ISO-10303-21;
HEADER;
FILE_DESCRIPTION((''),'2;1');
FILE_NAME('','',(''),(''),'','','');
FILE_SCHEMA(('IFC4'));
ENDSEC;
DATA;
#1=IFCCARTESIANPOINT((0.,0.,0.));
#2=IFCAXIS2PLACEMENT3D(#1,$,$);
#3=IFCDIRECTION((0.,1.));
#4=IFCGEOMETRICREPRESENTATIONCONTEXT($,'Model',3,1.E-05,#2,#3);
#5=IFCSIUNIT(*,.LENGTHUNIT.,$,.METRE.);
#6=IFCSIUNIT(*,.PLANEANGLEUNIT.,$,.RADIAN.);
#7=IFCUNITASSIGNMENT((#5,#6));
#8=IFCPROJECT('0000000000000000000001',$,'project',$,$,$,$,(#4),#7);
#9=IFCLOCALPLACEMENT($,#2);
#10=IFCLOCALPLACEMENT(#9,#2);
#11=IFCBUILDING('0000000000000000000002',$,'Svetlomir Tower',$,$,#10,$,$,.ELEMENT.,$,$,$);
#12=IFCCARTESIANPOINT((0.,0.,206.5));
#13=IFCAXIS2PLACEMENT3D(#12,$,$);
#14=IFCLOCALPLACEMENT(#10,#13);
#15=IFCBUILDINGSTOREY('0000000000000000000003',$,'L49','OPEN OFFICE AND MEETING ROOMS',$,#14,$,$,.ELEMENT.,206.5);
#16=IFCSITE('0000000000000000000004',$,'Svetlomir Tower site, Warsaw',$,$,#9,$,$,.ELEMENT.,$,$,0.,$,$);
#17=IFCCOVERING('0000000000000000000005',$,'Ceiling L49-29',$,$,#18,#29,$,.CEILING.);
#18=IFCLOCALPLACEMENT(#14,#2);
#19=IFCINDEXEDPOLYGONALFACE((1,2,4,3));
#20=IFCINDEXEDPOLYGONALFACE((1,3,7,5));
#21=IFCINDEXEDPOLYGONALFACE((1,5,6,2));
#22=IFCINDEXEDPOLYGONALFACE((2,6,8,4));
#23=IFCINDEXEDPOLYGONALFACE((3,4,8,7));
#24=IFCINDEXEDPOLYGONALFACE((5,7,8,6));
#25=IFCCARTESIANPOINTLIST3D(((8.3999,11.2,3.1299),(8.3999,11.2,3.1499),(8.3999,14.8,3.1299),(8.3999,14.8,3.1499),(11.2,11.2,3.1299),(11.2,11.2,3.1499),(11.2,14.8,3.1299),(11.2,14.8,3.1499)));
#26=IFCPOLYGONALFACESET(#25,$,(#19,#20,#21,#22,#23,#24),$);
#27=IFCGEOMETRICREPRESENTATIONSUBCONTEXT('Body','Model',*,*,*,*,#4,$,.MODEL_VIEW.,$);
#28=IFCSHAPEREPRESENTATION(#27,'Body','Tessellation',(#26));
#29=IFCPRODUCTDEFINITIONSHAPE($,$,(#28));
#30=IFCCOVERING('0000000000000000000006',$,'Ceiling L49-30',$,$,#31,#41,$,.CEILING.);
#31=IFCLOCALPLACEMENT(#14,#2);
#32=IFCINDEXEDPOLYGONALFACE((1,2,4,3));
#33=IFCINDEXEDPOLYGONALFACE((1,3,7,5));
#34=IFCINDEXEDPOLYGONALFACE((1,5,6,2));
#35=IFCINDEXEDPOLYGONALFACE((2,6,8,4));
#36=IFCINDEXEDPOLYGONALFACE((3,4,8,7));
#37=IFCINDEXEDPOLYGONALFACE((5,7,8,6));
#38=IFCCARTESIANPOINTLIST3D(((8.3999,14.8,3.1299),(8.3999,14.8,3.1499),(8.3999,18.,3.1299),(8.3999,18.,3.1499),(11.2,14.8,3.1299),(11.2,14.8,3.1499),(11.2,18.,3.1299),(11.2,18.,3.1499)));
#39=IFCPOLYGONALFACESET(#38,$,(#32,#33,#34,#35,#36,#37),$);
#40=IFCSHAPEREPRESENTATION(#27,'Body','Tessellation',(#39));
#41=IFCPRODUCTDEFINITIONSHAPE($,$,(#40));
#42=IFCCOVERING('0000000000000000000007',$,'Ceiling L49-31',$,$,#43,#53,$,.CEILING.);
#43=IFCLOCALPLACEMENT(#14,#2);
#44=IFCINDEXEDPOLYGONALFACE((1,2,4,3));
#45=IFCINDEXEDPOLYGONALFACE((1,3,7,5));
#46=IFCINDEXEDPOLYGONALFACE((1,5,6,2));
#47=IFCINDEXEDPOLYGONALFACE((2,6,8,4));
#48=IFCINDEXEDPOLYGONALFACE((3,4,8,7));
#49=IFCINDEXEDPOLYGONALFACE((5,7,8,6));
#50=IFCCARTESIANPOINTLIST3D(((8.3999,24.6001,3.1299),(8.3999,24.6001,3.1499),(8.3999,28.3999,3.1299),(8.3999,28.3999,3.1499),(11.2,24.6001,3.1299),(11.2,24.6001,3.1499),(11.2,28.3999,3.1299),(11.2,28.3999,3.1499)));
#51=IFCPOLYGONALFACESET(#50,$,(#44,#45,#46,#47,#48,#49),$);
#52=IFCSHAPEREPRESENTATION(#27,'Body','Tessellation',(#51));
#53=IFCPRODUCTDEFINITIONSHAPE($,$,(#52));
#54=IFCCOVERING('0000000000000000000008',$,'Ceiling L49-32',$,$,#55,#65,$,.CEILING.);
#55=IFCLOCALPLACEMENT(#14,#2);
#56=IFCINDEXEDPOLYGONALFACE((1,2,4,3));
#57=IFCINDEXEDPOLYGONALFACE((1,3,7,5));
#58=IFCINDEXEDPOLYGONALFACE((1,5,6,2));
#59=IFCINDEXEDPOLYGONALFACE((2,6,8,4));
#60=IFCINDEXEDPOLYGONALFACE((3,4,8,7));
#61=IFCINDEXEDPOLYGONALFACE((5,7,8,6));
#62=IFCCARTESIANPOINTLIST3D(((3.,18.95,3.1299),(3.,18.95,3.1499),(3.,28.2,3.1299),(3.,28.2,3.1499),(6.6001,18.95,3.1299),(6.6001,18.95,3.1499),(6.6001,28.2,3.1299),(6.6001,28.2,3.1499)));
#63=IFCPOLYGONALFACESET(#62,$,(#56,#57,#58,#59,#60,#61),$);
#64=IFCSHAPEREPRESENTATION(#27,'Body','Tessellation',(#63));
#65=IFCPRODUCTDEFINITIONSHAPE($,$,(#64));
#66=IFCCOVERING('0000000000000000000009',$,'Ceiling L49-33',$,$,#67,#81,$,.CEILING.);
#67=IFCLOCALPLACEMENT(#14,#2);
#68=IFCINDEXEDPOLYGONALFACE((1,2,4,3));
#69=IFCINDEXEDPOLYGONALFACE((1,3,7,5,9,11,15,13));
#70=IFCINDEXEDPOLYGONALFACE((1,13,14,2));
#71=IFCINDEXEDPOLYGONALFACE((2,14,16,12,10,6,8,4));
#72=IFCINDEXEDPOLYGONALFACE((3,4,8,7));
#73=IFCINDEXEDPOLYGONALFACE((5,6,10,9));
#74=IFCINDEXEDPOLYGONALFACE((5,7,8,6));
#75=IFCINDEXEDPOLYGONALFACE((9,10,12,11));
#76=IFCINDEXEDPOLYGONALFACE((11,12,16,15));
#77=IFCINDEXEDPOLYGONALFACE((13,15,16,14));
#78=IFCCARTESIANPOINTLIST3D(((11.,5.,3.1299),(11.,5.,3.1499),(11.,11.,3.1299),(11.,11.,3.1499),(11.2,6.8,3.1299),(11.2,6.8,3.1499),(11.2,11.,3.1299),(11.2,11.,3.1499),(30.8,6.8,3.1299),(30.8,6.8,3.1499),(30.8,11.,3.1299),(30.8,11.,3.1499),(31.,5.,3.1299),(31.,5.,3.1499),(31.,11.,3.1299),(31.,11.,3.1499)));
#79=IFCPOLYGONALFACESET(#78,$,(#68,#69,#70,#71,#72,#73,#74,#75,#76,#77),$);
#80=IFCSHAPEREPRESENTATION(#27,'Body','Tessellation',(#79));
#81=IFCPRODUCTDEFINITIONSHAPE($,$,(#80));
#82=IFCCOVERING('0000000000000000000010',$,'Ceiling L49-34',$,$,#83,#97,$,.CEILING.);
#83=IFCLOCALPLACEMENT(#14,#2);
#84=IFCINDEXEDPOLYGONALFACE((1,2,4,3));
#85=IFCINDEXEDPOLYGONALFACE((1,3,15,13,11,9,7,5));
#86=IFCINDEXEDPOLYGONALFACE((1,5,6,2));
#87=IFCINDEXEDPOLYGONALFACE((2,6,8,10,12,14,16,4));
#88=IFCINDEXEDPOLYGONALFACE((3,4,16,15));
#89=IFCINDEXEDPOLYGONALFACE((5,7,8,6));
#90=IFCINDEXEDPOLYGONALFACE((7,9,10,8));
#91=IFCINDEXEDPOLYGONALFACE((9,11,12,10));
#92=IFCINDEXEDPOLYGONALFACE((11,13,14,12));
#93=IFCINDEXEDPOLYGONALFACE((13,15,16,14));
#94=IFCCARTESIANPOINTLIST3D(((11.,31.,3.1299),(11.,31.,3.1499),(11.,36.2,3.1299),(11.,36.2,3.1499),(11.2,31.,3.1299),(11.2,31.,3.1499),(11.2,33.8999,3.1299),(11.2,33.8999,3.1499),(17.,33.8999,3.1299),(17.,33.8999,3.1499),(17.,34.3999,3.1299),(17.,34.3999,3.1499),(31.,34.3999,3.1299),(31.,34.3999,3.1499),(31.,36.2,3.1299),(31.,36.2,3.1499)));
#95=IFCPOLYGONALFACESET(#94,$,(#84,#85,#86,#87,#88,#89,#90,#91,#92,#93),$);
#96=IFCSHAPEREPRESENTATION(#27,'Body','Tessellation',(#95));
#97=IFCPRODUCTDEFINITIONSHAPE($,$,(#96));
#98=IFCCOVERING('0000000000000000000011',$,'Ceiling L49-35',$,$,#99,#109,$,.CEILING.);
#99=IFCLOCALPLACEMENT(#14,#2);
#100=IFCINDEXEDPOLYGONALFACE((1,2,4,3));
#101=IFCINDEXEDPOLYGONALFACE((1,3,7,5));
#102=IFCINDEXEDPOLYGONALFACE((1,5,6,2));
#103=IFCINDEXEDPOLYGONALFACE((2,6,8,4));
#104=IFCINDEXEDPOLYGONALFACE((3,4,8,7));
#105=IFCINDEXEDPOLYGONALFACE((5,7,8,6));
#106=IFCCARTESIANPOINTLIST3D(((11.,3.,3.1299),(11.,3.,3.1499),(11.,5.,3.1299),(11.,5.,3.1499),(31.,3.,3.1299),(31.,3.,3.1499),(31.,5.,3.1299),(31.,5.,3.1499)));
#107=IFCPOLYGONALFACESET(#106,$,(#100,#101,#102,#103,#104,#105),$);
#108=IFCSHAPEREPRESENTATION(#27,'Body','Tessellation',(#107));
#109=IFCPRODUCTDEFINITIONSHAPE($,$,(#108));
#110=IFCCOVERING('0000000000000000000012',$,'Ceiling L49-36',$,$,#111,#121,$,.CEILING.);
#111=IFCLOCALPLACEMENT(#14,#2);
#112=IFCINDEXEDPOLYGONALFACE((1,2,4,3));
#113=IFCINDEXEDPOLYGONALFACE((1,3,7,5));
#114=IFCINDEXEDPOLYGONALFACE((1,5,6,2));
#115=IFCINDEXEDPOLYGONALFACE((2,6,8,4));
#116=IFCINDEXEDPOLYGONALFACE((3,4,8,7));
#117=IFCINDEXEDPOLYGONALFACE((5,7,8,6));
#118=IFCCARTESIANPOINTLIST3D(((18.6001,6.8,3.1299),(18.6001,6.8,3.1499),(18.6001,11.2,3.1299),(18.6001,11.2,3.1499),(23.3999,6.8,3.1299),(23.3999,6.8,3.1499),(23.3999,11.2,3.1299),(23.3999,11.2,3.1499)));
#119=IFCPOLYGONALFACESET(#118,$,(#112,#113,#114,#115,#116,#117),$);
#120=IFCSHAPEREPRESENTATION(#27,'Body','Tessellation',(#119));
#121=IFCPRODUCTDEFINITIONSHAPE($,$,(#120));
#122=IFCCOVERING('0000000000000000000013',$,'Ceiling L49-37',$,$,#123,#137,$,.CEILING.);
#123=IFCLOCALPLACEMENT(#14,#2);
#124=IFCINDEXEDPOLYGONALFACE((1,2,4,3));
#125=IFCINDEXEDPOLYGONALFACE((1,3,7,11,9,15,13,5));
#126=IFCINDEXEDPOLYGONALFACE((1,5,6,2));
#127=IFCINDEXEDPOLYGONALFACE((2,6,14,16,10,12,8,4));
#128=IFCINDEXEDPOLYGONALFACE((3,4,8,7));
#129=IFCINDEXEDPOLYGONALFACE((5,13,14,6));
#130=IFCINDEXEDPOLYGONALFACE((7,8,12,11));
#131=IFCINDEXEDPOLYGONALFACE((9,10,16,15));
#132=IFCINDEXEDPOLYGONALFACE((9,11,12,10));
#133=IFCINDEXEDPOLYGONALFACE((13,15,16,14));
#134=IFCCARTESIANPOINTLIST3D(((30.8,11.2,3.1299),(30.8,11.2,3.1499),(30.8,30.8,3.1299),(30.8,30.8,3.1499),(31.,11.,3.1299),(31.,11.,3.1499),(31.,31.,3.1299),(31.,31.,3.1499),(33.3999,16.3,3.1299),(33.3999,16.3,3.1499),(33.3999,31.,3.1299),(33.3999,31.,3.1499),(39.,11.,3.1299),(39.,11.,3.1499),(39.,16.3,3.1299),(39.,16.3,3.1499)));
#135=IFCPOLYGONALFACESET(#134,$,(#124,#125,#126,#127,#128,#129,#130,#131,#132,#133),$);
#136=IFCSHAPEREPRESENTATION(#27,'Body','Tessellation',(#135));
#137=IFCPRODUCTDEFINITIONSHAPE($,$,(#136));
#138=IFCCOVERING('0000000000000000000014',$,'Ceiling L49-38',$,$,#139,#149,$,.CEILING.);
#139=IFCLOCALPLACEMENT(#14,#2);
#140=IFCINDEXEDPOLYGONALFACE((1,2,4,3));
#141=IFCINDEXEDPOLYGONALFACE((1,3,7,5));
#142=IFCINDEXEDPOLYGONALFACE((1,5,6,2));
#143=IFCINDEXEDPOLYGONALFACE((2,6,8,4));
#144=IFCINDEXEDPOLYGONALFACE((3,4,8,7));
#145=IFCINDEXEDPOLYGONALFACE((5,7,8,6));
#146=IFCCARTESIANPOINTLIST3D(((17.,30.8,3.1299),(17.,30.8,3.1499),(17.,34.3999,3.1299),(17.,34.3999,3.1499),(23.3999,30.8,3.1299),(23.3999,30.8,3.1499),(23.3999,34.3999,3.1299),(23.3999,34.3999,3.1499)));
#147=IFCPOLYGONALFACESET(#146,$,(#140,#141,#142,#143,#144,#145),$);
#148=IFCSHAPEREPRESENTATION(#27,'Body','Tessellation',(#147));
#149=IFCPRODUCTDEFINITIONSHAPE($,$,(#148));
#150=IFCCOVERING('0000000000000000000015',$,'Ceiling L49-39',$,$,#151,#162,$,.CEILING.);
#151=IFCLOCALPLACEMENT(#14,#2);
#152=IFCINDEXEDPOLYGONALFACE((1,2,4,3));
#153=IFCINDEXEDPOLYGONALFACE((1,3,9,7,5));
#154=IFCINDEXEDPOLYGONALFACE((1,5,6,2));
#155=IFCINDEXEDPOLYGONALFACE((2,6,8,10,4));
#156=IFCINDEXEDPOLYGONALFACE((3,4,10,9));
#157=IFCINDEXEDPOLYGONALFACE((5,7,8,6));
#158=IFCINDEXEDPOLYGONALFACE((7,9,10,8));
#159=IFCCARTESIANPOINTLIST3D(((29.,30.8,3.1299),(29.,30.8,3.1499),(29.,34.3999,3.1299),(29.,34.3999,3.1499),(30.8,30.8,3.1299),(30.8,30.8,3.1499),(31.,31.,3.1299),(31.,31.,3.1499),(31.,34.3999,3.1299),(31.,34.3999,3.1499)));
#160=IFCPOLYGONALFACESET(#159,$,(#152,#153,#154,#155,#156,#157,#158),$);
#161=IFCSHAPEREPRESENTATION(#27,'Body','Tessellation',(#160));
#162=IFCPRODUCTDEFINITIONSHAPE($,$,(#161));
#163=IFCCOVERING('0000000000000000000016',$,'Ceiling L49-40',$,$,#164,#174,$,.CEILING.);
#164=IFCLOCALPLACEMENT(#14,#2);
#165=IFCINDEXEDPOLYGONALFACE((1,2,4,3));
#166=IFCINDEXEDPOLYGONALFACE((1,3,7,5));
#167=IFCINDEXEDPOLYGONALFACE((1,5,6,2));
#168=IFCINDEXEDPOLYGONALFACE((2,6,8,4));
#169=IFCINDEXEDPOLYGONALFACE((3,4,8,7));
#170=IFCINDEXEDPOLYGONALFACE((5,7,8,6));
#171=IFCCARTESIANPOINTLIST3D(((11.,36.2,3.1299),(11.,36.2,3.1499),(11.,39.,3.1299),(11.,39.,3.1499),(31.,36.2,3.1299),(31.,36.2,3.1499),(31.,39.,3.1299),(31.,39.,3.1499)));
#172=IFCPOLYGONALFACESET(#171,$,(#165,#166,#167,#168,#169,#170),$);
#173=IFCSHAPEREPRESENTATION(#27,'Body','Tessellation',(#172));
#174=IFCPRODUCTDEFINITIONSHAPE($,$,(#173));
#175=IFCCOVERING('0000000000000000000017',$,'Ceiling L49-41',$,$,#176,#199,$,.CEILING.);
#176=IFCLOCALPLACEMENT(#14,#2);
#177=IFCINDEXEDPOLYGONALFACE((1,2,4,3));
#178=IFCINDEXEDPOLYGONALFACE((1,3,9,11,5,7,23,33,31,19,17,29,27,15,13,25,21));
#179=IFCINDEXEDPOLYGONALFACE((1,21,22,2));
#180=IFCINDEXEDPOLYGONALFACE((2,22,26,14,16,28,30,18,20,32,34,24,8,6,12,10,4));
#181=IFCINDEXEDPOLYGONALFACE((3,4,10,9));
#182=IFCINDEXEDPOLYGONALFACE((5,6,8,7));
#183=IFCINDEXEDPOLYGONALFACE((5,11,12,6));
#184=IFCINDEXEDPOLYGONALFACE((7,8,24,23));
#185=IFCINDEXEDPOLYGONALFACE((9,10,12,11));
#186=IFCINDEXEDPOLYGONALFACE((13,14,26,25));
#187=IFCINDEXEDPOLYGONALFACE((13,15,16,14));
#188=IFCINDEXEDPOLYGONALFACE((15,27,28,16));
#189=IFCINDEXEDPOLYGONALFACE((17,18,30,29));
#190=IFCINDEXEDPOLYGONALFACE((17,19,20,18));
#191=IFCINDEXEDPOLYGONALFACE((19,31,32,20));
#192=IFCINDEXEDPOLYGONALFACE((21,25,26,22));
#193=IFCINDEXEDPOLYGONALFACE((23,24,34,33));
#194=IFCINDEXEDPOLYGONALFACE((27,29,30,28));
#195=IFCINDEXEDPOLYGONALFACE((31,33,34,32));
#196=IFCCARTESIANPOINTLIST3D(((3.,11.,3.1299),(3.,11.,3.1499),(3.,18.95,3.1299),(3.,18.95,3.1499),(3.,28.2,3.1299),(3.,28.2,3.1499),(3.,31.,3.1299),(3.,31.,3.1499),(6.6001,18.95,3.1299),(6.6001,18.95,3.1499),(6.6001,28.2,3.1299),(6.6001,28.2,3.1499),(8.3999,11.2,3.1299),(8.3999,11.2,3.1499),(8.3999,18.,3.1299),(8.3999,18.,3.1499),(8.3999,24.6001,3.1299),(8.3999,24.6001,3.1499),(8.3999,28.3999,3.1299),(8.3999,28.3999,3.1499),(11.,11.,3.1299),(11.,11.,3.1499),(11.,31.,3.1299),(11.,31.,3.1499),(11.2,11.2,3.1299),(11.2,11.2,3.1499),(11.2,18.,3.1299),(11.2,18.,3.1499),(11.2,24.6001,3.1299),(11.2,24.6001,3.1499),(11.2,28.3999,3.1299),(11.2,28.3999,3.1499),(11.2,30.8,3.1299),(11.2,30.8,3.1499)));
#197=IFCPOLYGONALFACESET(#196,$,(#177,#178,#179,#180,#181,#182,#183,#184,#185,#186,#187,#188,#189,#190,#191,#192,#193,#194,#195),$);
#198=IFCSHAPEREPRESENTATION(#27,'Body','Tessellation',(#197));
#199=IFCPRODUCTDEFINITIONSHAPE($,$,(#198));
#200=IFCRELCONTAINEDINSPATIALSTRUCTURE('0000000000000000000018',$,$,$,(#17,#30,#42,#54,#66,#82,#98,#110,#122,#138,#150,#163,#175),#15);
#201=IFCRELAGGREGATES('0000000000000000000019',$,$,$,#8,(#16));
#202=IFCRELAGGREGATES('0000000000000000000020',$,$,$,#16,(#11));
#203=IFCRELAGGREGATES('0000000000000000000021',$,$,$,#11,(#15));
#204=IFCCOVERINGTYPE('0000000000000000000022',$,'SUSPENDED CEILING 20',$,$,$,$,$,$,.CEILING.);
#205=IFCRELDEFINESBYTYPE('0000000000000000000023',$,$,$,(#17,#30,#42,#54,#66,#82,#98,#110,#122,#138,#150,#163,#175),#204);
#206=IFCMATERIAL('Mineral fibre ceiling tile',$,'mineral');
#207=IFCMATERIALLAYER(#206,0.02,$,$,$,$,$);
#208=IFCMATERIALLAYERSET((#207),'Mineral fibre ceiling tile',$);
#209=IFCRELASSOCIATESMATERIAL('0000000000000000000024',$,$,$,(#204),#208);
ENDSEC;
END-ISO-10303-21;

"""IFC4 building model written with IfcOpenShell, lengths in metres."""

from ifc_helpers import new_model, si_unit, direction, frame, origin, place, context, subcontext, project, spatial, polyline, outline, extrude, material, layer, layer_set, type_object, element, save


model = new_model("IFC4")

# Units and contexts
model_context = context("Model", 3, precision=1e-05, world=origin(), true_north=direction((0.0, 1.0)))
body_context = subcontext(model_context, "Body", "Model", "MODEL_VIEW")
ifc_project = project(units=[si_unit("LENGTHUNIT", "METRE"), si_unit("PLANEANGLEUNIT", "RADIAN")], contexts=[model_context])

# Site, building, storey
site_placement = place(None, origin())
site = spatial("IfcSite", under=ifc_project, at=site_placement, Name="Svetlomir Tower site, Warsaw", CompositionType="ELEMENT", RefElevation=0.0)
building_placement = place(site_placement, origin())
building = spatial("IfcBuilding", under=site, at=building_placement, Name="Svetlomir Tower", CompositionType="ELEMENT")
storey_placement = place(building_placement, frame((0.0, 0.0, 206.5)))
storey = spatial("IfcBuildingStorey", under=building, at=storey_placement, Name="L49", Description="OPEN OFFICE AND MEETING ROOMS", CompositionType="ELEMENT", Elevation=206.5)

# Coverings
ifc_material_1 = material(Name="Mineral fibre ceiling tile", Category="mineral")
ifc_layer_1 = layer(ifc_material_1, 0.02)
ifc_layer_set_1 = layer_set([ifc_layer_1], Name="Mineral fibre ceiling tile")
covering_type_1 = type_object("IfcCoveringType", Name="SUSPENDED CEILING 20", PredefinedType="CEILING", material=ifc_layer_set_1)
covering_1_placement = place(storey_placement, frame((0.0, 0.0, 3.1299)))
element("IfcCovering", 1, at=covering_1_placement, inside=storey, type_object=covering_type_1, Name="Ceiling L49-29", PredefinedType="CEILING", context=body_context, shape_type="SweptSolid", body=[
    extrude(outline(polyline([(8.3999, 11.2), (11.2, 11.2), (11.2, 14.8), (8.3999, 14.8), (8.3999, 11.2)])), origin(), (0.0, 0.0, 1.0), 0.02),
])
covering_2_placement = place(storey_placement, frame((0.0, 0.0, 3.1299)))
element("IfcCovering", 2, at=covering_2_placement, inside=storey, type_object=covering_type_1, Name="Ceiling L49-30", PredefinedType="CEILING", context=body_context, shape_type="SweptSolid", body=[
    extrude(outline(polyline([(8.3999, 14.8), (11.2, 14.8), (11.2, 18.0), (8.3999, 18.0), (8.3999, 14.8)])), origin(), (0.0, 0.0, 1.0), 0.02),
])
covering_3_placement = place(storey_placement, frame((0.0, 0.0, 3.1299)))
element("IfcCovering", 3, at=covering_3_placement, inside=storey, type_object=covering_type_1, Name="Ceiling L49-31", PredefinedType="CEILING", context=body_context, shape_type="SweptSolid", body=[
    extrude(outline(polyline([(8.3999, 24.6001), (11.2, 24.6001), (11.2, 28.3999), (8.3999, 28.3999), (8.3999, 24.6001)])), origin(), (0.0, 0.0, 1.0), 0.02),
])
covering_4_placement = place(storey_placement, frame((0.0, 0.0, 3.1299)))
element("IfcCovering", 4, at=covering_4_placement, inside=storey, type_object=covering_type_1, Name="Ceiling L49-32", PredefinedType="CEILING", context=body_context, shape_type="SweptSolid", body=[
    extrude(outline(polyline([(3.0, 18.95), (6.6001, 18.95), (6.6001, 28.2), (3.0, 28.2), (3.0, 18.95)])), origin(), (0.0, 0.0, 1.0), 0.02),
])
covering_5_placement = place(storey_placement, frame((0.0, 0.0, 3.1299)))
element("IfcCovering", 5, at=covering_5_placement, inside=storey, type_object=covering_type_1, Name="Ceiling L49-33", PredefinedType="CEILING", context=body_context, shape_type="SweptSolid", body=[
    extrude(outline(polyline([(11.0, 11.0), (11.2, 11.0), (11.2, 6.8), (30.8, 6.8), (30.8, 11.0), (31.0, 11.0), (31.0, 5.0), (11.0, 5.0), (11.0, 11.0)])), origin(), (0.0, 0.0, 1.0), 0.02),
])
covering_6_placement = place(storey_placement, frame((0.0, 0.0, 3.1299)))
element("IfcCovering", 6, at=covering_6_placement, inside=storey, type_object=covering_type_1, Name="Ceiling L49-34", PredefinedType="CEILING", context=body_context, shape_type="SweptSolid", body=[
    extrude(outline(polyline([(11.2, 31.0), (11.0, 31.0), (11.0, 36.2), (31.0, 36.2), (31.0, 34.3999), (17.0, 34.3999), (17.0, 33.8999), (11.2, 33.8999), (11.2, 31.0)])), origin(), (0.0, 0.0, 1.0), 0.02),
])
covering_7_placement = place(storey_placement, frame((0.0, 0.0, 3.1299)))
element("IfcCovering", 7, at=covering_7_placement, inside=storey, type_object=covering_type_1, Name="Ceiling L49-35", PredefinedType="CEILING", context=body_context, shape_type="SweptSolid", body=[
    extrude(outline(polyline([(11.0, 3.0), (11.0, 5.0), (31.0, 5.0), (31.0, 3.0), (11.0, 3.0)])), origin(), (0.0, 0.0, 1.0), 0.02),
])
covering_8_placement = place(storey_placement, frame((0.0, 0.0, 3.1299)))
element("IfcCovering", 8, at=covering_8_placement, inside=storey, type_object=covering_type_1, Name="Ceiling L49-36", PredefinedType="CEILING", context=body_context, shape_type="SweptSolid", body=[
    extrude(outline(polyline([(23.3999, 6.8), (18.6001, 6.8), (18.6001, 11.2), (23.3999, 11.2), (23.3999, 6.8)])), origin(), (0.0, 0.0, 1.0), 0.02),
])
covering_9_placement = place(storey_placement, frame((0.0, 0.0, 3.1299)))
element("IfcCovering", 9, at=covering_9_placement, inside=storey, type_object=covering_type_1, Name="Ceiling L49-37", PredefinedType="CEILING", context=body_context, shape_type="SweptSolid", body=[
    extrude(outline(polyline([(30.8, 30.8), (31.0, 31.0), (33.3999, 31.0), (33.3999, 16.3), (39.0, 16.3), (39.0, 11.0), (31.0, 11.0), (30.8, 11.2), (30.8, 30.8)])), origin(), (0.0, 0.0, 1.0), 0.02),
])
covering_10_placement = place(storey_placement, frame((0.0, 0.0, 3.1299)))
element("IfcCovering", 10, at=covering_10_placement, inside=storey, type_object=covering_type_1, Name="Ceiling L49-38", PredefinedType="CEILING", context=body_context, shape_type="SweptSolid", body=[
    extrude(outline(polyline([(17.0, 30.8), (17.0, 34.3999), (23.3999, 34.3999), (23.3999, 30.8), (17.0, 30.8)])), origin(), (0.0, 0.0, 1.0), 0.02),
])
covering_11_placement = place(storey_placement, frame((0.0, 0.0, 3.1299)))
element("IfcCovering", 11, at=covering_11_placement, inside=storey, type_object=covering_type_1, Name="Ceiling L49-39", PredefinedType="CEILING", context=body_context, shape_type="SweptSolid", body=[
    extrude(outline(polyline([(29.0, 30.8), (29.0, 34.3999), (31.0, 34.3999), (31.0, 31.0), (30.8, 30.8), (29.0, 30.8)])), origin(), (0.0, 0.0, 1.0), 0.02),
])
covering_12_placement = place(storey_placement, frame((0.0, 0.0, 3.1299)))
element("IfcCovering", 12, at=covering_12_placement, inside=storey, type_object=covering_type_1, Name="Ceiling L49-40", PredefinedType="CEILING", context=body_context, shape_type="SweptSolid", body=[
    extrude(outline(polyline([(31.0, 39.0), (31.0, 36.2), (11.0, 36.2), (11.0, 39.0), (31.0, 39.0)])), origin(), (0.0, 0.0, 1.0), 0.02),
])
covering_13_placement = place(storey_placement, frame((0.0, 0.0, 3.1299)))
element("IfcCovering", 13, at=covering_13_placement, inside=storey, type_object=covering_type_1, Name="Ceiling L49-41", PredefinedType="CEILING", context=body_context, shape_type="SweptSolid", body=[
    extrude(outline(polyline([(11.2, 28.3999), (8.3999, 28.3999), (8.3999, 24.6001), (11.2, 24.6001), (11.2, 18.0), (8.3999, 18.0), (8.3999, 11.2), (11.2, 11.2), (11.0, 11.0), (3.0, 11.0), (3.0, 18.95), (6.6001, 18.95), (6.6001, 28.2), (3.0, 28.2), (3.0, 31.0), (11.0, 31.0), (11.2, 30.8), (11.2, 28.3999)])), origin(), (0.0, 0.0, 1.0), 0.02),
])

save(model, "model.ifc")
